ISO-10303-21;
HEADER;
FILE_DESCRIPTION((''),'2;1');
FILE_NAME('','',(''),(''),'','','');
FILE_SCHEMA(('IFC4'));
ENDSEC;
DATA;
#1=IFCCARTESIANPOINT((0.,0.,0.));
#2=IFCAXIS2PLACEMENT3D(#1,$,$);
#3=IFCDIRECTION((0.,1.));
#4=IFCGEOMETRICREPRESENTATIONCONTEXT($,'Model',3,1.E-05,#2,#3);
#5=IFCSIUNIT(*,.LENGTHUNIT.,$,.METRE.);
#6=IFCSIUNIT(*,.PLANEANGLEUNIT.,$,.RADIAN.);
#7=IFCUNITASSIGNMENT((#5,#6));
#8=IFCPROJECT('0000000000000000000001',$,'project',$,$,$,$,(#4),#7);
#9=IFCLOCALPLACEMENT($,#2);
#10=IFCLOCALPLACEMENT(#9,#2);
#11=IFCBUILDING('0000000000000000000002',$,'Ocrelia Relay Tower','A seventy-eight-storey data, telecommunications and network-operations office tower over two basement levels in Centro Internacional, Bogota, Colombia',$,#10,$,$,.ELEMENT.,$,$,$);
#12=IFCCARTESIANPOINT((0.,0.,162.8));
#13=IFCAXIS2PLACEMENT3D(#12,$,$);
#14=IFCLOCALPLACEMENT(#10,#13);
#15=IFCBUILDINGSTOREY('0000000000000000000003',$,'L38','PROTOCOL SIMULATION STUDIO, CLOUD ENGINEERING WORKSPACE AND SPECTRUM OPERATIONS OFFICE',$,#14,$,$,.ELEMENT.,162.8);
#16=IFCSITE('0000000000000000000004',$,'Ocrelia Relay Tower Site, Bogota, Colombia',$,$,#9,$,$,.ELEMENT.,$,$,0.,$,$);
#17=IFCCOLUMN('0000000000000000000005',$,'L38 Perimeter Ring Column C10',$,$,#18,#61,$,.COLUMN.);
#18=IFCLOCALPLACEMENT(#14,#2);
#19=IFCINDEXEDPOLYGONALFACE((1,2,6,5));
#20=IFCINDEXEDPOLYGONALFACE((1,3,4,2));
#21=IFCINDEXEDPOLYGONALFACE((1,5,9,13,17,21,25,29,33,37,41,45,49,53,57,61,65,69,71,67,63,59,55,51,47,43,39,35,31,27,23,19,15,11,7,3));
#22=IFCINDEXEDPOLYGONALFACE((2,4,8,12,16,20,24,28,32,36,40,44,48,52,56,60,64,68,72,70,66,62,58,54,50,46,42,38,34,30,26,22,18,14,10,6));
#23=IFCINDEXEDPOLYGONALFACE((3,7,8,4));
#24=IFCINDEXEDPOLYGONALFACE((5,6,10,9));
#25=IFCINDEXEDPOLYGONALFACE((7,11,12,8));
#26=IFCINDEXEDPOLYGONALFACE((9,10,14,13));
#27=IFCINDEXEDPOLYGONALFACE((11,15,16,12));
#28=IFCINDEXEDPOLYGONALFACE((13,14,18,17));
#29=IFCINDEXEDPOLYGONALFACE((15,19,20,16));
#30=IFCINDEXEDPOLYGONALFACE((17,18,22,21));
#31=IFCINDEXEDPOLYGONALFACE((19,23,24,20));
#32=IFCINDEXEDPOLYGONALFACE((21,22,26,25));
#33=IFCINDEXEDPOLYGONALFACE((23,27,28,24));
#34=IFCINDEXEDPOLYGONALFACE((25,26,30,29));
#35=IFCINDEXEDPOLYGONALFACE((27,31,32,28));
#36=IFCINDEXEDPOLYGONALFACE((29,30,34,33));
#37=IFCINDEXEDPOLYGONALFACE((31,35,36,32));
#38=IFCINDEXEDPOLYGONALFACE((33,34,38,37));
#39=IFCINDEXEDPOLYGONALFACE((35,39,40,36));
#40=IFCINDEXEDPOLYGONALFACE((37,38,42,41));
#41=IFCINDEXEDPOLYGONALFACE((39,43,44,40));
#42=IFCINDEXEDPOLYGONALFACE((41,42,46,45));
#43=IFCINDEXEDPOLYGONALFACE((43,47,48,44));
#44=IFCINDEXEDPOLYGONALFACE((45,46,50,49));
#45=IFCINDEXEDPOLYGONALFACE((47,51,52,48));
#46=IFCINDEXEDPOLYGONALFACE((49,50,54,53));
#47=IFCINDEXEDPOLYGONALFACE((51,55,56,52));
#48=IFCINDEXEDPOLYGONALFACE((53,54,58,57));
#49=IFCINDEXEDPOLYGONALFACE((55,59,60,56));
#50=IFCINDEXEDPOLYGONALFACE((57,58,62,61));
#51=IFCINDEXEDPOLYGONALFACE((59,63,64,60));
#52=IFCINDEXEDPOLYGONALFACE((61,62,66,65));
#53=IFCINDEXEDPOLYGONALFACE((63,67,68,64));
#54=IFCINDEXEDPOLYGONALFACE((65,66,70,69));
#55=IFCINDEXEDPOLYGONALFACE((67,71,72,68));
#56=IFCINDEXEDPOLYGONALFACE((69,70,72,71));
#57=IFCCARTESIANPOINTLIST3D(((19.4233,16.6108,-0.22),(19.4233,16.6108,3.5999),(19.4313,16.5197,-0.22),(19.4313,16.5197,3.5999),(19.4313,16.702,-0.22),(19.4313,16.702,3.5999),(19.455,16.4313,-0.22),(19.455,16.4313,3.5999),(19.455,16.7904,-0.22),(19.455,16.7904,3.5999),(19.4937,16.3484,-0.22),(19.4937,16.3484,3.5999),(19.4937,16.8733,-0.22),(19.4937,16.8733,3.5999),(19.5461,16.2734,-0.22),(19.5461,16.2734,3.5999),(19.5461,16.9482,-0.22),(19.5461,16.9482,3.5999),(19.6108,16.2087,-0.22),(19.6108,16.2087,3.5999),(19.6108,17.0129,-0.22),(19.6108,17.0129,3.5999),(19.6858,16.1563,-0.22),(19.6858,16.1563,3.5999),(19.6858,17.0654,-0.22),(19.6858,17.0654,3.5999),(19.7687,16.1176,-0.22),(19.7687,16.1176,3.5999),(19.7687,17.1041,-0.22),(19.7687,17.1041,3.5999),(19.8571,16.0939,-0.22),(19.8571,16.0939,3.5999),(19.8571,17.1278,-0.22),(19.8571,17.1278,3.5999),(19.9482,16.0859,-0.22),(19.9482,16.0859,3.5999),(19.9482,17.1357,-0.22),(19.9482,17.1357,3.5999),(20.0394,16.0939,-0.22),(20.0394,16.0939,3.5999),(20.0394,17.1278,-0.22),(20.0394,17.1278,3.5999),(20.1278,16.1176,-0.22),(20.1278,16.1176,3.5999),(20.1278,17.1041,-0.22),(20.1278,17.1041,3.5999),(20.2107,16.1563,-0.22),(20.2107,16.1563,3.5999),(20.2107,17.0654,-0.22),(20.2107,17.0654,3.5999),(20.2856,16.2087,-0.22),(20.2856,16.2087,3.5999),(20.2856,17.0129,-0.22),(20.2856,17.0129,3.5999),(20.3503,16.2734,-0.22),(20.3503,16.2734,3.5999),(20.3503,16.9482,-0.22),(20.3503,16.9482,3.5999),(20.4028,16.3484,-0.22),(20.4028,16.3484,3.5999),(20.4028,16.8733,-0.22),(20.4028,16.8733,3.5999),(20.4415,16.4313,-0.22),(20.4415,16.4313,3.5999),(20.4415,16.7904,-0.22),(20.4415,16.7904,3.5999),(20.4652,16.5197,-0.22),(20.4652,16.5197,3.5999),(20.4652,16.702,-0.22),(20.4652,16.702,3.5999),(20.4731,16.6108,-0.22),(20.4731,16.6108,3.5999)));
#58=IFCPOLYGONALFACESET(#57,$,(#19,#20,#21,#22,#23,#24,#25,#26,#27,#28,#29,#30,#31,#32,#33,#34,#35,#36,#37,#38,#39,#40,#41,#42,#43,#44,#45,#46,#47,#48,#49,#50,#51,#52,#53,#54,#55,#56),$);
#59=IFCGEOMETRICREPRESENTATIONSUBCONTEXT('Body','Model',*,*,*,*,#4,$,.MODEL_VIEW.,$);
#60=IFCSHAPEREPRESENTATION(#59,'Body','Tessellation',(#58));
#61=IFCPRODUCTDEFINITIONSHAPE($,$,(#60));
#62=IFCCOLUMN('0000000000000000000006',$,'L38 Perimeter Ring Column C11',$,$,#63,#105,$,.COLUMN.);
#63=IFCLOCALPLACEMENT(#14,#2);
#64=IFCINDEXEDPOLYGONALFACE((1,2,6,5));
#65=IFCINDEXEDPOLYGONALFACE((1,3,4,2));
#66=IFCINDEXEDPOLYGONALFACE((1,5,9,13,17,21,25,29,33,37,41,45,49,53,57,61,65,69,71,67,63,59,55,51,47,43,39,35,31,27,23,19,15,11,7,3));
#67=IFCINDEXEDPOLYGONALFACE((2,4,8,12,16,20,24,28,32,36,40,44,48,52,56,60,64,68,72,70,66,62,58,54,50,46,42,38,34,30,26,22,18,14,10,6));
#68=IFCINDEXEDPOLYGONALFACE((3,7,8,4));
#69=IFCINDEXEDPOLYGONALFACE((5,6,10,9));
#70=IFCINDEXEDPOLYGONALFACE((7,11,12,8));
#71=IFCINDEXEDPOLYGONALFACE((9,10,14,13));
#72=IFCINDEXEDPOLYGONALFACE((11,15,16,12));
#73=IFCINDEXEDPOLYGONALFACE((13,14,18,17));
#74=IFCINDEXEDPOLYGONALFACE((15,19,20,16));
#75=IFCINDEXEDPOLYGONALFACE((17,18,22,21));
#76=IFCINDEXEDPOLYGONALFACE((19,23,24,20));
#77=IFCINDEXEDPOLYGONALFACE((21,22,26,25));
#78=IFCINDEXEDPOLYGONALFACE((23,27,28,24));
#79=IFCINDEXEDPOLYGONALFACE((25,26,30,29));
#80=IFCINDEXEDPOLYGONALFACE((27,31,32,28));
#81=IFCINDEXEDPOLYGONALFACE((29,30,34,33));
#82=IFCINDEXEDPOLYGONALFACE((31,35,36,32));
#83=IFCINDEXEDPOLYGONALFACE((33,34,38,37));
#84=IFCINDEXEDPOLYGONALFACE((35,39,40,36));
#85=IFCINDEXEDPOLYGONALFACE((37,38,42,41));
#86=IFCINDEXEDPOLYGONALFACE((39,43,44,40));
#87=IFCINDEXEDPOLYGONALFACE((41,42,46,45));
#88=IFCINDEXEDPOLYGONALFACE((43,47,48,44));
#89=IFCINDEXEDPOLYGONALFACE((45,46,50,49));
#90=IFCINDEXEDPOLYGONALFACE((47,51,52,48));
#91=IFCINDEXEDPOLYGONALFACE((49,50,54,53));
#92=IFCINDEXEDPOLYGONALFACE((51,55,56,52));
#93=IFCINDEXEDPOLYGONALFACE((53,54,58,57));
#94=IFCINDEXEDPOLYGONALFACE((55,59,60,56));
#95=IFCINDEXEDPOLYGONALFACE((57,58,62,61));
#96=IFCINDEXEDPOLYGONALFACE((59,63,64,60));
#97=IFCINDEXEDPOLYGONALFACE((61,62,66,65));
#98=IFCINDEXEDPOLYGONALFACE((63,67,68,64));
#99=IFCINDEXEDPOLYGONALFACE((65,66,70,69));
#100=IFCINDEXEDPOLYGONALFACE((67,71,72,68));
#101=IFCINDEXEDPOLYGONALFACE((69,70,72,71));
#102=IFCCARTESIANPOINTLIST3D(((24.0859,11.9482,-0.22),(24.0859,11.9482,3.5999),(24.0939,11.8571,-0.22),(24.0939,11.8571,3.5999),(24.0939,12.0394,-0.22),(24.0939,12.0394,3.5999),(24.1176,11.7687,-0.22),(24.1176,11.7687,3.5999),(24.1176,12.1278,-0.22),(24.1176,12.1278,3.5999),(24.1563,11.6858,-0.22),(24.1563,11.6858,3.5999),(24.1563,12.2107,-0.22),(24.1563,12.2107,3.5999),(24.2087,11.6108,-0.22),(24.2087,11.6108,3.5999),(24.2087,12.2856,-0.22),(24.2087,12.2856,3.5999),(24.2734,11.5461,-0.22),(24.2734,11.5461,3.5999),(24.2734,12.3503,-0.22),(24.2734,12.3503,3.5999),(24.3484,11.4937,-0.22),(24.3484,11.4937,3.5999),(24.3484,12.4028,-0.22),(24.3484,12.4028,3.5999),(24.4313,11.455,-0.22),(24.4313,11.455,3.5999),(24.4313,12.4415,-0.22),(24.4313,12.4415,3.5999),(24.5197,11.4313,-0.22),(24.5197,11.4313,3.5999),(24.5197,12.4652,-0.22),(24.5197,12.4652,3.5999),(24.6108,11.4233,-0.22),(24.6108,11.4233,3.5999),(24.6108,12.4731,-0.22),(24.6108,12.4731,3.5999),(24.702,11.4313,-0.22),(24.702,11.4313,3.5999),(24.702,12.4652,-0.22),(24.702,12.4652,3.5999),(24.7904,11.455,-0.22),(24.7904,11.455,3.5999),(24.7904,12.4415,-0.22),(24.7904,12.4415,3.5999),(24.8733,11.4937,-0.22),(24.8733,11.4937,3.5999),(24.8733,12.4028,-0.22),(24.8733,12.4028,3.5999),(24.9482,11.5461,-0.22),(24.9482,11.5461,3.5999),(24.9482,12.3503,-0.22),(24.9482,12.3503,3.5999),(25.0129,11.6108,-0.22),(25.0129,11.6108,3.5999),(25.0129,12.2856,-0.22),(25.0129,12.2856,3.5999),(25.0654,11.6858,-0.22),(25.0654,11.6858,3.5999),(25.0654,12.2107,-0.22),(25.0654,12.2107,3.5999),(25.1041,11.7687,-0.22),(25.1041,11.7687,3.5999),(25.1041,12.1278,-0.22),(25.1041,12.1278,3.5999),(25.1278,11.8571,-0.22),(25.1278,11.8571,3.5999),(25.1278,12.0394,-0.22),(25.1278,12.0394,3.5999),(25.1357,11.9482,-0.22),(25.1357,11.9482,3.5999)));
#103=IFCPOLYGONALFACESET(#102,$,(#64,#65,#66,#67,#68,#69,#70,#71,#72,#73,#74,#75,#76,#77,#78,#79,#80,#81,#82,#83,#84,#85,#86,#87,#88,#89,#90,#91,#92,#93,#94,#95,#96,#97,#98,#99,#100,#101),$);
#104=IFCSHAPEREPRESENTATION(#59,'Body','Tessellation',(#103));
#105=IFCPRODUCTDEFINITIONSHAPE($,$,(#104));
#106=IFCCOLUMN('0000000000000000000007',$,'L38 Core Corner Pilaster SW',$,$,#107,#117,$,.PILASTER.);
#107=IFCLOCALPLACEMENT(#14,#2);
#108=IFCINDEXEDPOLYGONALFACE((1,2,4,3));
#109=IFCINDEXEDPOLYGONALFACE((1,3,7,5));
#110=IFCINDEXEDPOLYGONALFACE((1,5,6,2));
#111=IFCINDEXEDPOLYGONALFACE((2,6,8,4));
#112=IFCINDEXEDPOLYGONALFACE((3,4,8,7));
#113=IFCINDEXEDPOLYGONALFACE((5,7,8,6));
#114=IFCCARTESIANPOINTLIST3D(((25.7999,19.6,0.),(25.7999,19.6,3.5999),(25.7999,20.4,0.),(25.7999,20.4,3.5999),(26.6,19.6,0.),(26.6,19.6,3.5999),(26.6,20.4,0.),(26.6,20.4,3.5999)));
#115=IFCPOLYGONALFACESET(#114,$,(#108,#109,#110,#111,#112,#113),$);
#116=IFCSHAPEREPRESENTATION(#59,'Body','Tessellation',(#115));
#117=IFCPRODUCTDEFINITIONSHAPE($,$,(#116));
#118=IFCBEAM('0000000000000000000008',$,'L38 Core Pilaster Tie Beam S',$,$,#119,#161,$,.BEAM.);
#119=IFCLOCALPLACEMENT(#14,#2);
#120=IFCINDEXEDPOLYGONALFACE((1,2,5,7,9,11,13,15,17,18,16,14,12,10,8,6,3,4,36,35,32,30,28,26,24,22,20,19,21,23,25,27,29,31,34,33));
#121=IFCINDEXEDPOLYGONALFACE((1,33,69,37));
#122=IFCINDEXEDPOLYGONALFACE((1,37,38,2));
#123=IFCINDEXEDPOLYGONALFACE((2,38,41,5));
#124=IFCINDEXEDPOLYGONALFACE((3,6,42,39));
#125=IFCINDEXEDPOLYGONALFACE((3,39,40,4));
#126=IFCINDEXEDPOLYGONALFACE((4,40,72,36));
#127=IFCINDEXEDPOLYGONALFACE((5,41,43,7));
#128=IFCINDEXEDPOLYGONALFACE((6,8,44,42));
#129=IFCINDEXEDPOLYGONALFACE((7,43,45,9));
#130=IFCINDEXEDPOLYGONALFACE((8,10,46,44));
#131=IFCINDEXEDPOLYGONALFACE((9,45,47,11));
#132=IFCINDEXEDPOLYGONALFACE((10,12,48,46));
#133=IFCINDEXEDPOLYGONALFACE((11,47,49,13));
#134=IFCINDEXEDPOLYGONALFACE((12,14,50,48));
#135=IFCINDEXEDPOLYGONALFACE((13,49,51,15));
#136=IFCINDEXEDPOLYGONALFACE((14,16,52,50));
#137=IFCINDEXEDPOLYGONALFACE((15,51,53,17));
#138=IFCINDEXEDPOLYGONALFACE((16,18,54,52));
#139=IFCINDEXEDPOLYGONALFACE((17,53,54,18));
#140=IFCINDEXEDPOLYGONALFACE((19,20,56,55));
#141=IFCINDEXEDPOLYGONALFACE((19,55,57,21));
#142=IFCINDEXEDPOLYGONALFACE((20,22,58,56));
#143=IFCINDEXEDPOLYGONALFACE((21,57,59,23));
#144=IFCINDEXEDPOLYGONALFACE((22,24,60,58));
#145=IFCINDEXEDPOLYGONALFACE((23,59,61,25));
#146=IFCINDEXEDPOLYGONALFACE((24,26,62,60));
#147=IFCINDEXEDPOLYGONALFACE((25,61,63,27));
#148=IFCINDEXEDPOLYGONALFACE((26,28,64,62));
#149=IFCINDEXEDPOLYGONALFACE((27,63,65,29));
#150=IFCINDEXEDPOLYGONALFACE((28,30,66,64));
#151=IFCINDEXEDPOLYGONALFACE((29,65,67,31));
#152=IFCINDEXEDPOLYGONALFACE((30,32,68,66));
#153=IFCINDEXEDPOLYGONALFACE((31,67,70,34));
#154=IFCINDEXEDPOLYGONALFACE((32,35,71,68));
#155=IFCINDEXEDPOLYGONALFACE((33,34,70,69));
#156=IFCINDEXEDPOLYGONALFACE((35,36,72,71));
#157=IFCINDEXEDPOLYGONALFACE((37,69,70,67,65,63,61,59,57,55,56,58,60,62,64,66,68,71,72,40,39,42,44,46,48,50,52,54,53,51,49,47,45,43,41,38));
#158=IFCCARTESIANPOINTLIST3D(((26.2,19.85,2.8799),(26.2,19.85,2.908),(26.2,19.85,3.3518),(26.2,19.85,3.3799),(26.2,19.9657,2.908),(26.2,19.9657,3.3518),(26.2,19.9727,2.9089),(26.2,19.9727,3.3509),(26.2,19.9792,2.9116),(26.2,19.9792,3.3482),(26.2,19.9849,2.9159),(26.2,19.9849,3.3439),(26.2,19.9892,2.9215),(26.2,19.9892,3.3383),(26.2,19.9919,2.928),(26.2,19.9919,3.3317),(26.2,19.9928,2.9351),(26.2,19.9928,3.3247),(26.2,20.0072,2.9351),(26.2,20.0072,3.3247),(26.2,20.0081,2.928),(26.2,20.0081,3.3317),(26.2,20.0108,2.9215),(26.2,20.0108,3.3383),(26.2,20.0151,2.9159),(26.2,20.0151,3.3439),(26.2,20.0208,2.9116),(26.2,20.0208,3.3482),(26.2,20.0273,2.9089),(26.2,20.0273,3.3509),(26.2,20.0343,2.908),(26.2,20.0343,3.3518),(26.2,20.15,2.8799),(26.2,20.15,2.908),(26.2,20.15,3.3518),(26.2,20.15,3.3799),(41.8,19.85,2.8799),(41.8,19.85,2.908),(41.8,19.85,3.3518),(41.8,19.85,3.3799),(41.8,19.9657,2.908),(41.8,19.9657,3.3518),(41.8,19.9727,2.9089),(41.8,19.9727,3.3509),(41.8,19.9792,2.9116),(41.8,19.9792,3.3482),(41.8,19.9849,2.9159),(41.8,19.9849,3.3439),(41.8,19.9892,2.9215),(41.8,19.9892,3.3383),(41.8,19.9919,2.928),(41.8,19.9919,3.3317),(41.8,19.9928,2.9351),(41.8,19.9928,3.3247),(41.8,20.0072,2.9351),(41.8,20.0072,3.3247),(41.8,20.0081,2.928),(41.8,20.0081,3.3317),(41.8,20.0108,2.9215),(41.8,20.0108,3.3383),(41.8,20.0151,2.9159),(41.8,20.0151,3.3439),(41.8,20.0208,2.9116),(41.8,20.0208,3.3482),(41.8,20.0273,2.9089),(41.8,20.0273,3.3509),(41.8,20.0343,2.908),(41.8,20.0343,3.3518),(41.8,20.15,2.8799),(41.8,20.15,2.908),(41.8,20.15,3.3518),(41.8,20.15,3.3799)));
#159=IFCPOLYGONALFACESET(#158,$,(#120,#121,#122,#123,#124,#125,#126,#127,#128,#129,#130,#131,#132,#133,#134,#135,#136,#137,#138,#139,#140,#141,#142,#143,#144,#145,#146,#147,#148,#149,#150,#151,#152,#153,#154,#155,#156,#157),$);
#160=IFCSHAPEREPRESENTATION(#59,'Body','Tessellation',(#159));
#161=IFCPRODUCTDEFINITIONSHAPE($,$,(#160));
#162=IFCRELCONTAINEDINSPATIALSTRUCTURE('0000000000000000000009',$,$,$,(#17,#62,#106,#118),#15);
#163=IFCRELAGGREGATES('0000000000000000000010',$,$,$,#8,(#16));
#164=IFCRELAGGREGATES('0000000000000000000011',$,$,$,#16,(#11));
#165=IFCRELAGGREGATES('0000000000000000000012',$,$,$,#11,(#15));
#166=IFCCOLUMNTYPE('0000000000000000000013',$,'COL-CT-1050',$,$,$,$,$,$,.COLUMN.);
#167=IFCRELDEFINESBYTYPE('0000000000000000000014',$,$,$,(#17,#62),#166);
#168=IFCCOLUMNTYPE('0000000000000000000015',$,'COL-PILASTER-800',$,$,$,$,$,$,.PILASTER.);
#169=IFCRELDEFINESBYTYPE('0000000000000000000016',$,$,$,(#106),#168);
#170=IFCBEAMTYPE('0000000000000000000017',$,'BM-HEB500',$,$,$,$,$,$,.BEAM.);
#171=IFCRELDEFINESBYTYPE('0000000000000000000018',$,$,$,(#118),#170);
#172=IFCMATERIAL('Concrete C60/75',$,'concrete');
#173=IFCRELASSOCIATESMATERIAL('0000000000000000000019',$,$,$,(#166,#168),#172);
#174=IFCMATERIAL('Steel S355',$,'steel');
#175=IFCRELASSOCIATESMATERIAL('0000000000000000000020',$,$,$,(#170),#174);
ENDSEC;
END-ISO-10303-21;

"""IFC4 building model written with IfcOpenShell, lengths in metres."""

from ifc_helpers import new_model, si_unit, direction, frame, origin, origin_2d, place, context, subcontext, project, spatial, rectangle, circle, i_section, extrude, material, material_profile, profile_set, type_object, element, save


model = new_model("IFC4")

# Units and contexts
model_context = context("Model", 3, precision=1e-05, world=origin(), true_north=direction((0.0, 1.0)))
body_context = subcontext(model_context, "Body", "Model", "MODEL_VIEW")
ifc_project = project(units=[si_unit("LENGTHUNIT", "METRE"), si_unit("PLANEANGLEUNIT", "RADIAN")], contexts=[model_context])

# Site, building, storey
site_placement = place(None, origin())
site = spatial("IfcSite", under=ifc_project, at=site_placement, Name="Ocrelia Relay Tower Site, Bogota, Colombia", CompositionType="ELEMENT", RefElevation=0.0)
building_placement = place(site_placement, origin())
building = spatial("IfcBuilding", under=site, at=building_placement, Name="Ocrelia Relay Tower", Description="A seventy-eight-storey data, telecommunications and network-operations office tower over two basement levels in Centro Internacional, Bogota, Colombia", CompositionType="ELEMENT")
storey_placement = place(building_placement, frame((0.0, 0.0, 162.8)))
storey = spatial("IfcBuildingStorey", under=building, at=storey_placement, Name="L38", Description="PROTOCOL SIMULATION STUDIO, CLOUD ENGINEERING WORKSPACE AND SPECTRUM OPERATIONS OFFICE", CompositionType="ELEMENT", Elevation=162.8)

# Columns
ifc_material_1 = material(Name="Concrete C60/75", Category="concrete")
ifc_material_profile_1 = material_profile(ifc_material_1, circle(Radius=0.5249, at=origin_2d()), Name="RC-CIR-1050")
ifc_profile_set_1 = profile_set([ifc_material_profile_1], Name="Concrete C60/75")
column_type_1 = type_object("IfcColumnType", Name="COL-CT-1050", PredefinedType="COLUMN", material=ifc_profile_set_1)
for number, where, z_axis, x_axis, name in (
    (1, (19.9482, 16.6108, -0.22), (0.0, 0.0, 1.0), (1.0, 0.0, 0.0), "L38 Perimeter Ring Column C10"),
    (2, (24.6108, 11.9482, -0.22), (0.0, 0.0, 1.0), (1.0, 0.0, 0.0), "L38 Perimeter Ring Column C11"),
):
    element("IfcColumn", number, at=place(storey_placement, frame(where, z_axis=z_axis, x_axis=x_axis)), inside=storey, type_object=column_type_1, Name=name, PredefinedType="COLUMN", context=body_context, shape_type="SweptSolid", body=[
        extrude(circle(Radius=0.5249, at=origin_2d()), origin(), (0.0, 0.0, 1.0), 3.8198),
    ])
ifc_material_profile_2 = material_profile(ifc_material_1, rectangle(XDim=0.8, YDim=0.8, at=origin_2d()), Name="RC-COL-800x800")
ifc_profile_set_2 = profile_set([ifc_material_profile_2], Name="Concrete C60/75")
column_type_2 = type_object("IfcColumnType", Name="COL-PILASTER-800", PredefinedType="PILASTER", material=ifc_profile_set_2)
column_placement = place(storey_placement, frame((26.2, 20.0, 0.0), z_axis=(0.0, 0.0, 1.0), x_axis=(1.0, 0.0, 0.0)))
element("IfcColumn", 3, at=column_placement, inside=storey, type_object=column_type_2, Name="L38 Core Corner Pilaster SW", PredefinedType="PILASTER", context=body_context, shape_type="SweptSolid", body=[
    extrude(rectangle(XDim=0.8, YDim=0.8, at=origin_2d()), origin(), (0.0, 0.0, 1.0), 3.5999),
])

# Beam
ifc_material_2 = material(Name="Steel S355", Category="steel")
ifc_material_profile_3 = material_profile(ifc_material_2, i_section(OverallWidth=0.3, OverallDepth=0.5, WebThickness=0.0144, FlangeThickness=0.0281, FilletRadius=0.0271, at=origin_2d()), Name="HEB 500")
ifc_profile_set_3 = profile_set([ifc_material_profile_3], Name="Steel S355")
beam_type_1 = type_object("IfcBeamType", Name="BM-HEB500", PredefinedType="BEAM", material=ifc_profile_set_3)
beam_1_placement = place(storey_placement, frame((26.2, 20.0, 3.1299), z_axis=(1.0, 0.0, 0.0), x_axis=(0.0, 1.0, 0.0)))
element("IfcBeam", 4, at=beam_1_placement, inside=storey, type_object=beam_type_1, Name="L38 Core Pilaster Tie Beam S", PredefinedType="BEAM", context=body_context, shape_type="SweptSolid", body=[
    extrude(i_section(OverallWidth=0.3, OverallDepth=0.5, WebThickness=0.0144, FlangeThickness=0.0281, FilletRadius=0.0271, at=origin_2d()), origin(), (0.0, 0.0, 1.0), 15.6001),
])

save(model, "model.ifc")
